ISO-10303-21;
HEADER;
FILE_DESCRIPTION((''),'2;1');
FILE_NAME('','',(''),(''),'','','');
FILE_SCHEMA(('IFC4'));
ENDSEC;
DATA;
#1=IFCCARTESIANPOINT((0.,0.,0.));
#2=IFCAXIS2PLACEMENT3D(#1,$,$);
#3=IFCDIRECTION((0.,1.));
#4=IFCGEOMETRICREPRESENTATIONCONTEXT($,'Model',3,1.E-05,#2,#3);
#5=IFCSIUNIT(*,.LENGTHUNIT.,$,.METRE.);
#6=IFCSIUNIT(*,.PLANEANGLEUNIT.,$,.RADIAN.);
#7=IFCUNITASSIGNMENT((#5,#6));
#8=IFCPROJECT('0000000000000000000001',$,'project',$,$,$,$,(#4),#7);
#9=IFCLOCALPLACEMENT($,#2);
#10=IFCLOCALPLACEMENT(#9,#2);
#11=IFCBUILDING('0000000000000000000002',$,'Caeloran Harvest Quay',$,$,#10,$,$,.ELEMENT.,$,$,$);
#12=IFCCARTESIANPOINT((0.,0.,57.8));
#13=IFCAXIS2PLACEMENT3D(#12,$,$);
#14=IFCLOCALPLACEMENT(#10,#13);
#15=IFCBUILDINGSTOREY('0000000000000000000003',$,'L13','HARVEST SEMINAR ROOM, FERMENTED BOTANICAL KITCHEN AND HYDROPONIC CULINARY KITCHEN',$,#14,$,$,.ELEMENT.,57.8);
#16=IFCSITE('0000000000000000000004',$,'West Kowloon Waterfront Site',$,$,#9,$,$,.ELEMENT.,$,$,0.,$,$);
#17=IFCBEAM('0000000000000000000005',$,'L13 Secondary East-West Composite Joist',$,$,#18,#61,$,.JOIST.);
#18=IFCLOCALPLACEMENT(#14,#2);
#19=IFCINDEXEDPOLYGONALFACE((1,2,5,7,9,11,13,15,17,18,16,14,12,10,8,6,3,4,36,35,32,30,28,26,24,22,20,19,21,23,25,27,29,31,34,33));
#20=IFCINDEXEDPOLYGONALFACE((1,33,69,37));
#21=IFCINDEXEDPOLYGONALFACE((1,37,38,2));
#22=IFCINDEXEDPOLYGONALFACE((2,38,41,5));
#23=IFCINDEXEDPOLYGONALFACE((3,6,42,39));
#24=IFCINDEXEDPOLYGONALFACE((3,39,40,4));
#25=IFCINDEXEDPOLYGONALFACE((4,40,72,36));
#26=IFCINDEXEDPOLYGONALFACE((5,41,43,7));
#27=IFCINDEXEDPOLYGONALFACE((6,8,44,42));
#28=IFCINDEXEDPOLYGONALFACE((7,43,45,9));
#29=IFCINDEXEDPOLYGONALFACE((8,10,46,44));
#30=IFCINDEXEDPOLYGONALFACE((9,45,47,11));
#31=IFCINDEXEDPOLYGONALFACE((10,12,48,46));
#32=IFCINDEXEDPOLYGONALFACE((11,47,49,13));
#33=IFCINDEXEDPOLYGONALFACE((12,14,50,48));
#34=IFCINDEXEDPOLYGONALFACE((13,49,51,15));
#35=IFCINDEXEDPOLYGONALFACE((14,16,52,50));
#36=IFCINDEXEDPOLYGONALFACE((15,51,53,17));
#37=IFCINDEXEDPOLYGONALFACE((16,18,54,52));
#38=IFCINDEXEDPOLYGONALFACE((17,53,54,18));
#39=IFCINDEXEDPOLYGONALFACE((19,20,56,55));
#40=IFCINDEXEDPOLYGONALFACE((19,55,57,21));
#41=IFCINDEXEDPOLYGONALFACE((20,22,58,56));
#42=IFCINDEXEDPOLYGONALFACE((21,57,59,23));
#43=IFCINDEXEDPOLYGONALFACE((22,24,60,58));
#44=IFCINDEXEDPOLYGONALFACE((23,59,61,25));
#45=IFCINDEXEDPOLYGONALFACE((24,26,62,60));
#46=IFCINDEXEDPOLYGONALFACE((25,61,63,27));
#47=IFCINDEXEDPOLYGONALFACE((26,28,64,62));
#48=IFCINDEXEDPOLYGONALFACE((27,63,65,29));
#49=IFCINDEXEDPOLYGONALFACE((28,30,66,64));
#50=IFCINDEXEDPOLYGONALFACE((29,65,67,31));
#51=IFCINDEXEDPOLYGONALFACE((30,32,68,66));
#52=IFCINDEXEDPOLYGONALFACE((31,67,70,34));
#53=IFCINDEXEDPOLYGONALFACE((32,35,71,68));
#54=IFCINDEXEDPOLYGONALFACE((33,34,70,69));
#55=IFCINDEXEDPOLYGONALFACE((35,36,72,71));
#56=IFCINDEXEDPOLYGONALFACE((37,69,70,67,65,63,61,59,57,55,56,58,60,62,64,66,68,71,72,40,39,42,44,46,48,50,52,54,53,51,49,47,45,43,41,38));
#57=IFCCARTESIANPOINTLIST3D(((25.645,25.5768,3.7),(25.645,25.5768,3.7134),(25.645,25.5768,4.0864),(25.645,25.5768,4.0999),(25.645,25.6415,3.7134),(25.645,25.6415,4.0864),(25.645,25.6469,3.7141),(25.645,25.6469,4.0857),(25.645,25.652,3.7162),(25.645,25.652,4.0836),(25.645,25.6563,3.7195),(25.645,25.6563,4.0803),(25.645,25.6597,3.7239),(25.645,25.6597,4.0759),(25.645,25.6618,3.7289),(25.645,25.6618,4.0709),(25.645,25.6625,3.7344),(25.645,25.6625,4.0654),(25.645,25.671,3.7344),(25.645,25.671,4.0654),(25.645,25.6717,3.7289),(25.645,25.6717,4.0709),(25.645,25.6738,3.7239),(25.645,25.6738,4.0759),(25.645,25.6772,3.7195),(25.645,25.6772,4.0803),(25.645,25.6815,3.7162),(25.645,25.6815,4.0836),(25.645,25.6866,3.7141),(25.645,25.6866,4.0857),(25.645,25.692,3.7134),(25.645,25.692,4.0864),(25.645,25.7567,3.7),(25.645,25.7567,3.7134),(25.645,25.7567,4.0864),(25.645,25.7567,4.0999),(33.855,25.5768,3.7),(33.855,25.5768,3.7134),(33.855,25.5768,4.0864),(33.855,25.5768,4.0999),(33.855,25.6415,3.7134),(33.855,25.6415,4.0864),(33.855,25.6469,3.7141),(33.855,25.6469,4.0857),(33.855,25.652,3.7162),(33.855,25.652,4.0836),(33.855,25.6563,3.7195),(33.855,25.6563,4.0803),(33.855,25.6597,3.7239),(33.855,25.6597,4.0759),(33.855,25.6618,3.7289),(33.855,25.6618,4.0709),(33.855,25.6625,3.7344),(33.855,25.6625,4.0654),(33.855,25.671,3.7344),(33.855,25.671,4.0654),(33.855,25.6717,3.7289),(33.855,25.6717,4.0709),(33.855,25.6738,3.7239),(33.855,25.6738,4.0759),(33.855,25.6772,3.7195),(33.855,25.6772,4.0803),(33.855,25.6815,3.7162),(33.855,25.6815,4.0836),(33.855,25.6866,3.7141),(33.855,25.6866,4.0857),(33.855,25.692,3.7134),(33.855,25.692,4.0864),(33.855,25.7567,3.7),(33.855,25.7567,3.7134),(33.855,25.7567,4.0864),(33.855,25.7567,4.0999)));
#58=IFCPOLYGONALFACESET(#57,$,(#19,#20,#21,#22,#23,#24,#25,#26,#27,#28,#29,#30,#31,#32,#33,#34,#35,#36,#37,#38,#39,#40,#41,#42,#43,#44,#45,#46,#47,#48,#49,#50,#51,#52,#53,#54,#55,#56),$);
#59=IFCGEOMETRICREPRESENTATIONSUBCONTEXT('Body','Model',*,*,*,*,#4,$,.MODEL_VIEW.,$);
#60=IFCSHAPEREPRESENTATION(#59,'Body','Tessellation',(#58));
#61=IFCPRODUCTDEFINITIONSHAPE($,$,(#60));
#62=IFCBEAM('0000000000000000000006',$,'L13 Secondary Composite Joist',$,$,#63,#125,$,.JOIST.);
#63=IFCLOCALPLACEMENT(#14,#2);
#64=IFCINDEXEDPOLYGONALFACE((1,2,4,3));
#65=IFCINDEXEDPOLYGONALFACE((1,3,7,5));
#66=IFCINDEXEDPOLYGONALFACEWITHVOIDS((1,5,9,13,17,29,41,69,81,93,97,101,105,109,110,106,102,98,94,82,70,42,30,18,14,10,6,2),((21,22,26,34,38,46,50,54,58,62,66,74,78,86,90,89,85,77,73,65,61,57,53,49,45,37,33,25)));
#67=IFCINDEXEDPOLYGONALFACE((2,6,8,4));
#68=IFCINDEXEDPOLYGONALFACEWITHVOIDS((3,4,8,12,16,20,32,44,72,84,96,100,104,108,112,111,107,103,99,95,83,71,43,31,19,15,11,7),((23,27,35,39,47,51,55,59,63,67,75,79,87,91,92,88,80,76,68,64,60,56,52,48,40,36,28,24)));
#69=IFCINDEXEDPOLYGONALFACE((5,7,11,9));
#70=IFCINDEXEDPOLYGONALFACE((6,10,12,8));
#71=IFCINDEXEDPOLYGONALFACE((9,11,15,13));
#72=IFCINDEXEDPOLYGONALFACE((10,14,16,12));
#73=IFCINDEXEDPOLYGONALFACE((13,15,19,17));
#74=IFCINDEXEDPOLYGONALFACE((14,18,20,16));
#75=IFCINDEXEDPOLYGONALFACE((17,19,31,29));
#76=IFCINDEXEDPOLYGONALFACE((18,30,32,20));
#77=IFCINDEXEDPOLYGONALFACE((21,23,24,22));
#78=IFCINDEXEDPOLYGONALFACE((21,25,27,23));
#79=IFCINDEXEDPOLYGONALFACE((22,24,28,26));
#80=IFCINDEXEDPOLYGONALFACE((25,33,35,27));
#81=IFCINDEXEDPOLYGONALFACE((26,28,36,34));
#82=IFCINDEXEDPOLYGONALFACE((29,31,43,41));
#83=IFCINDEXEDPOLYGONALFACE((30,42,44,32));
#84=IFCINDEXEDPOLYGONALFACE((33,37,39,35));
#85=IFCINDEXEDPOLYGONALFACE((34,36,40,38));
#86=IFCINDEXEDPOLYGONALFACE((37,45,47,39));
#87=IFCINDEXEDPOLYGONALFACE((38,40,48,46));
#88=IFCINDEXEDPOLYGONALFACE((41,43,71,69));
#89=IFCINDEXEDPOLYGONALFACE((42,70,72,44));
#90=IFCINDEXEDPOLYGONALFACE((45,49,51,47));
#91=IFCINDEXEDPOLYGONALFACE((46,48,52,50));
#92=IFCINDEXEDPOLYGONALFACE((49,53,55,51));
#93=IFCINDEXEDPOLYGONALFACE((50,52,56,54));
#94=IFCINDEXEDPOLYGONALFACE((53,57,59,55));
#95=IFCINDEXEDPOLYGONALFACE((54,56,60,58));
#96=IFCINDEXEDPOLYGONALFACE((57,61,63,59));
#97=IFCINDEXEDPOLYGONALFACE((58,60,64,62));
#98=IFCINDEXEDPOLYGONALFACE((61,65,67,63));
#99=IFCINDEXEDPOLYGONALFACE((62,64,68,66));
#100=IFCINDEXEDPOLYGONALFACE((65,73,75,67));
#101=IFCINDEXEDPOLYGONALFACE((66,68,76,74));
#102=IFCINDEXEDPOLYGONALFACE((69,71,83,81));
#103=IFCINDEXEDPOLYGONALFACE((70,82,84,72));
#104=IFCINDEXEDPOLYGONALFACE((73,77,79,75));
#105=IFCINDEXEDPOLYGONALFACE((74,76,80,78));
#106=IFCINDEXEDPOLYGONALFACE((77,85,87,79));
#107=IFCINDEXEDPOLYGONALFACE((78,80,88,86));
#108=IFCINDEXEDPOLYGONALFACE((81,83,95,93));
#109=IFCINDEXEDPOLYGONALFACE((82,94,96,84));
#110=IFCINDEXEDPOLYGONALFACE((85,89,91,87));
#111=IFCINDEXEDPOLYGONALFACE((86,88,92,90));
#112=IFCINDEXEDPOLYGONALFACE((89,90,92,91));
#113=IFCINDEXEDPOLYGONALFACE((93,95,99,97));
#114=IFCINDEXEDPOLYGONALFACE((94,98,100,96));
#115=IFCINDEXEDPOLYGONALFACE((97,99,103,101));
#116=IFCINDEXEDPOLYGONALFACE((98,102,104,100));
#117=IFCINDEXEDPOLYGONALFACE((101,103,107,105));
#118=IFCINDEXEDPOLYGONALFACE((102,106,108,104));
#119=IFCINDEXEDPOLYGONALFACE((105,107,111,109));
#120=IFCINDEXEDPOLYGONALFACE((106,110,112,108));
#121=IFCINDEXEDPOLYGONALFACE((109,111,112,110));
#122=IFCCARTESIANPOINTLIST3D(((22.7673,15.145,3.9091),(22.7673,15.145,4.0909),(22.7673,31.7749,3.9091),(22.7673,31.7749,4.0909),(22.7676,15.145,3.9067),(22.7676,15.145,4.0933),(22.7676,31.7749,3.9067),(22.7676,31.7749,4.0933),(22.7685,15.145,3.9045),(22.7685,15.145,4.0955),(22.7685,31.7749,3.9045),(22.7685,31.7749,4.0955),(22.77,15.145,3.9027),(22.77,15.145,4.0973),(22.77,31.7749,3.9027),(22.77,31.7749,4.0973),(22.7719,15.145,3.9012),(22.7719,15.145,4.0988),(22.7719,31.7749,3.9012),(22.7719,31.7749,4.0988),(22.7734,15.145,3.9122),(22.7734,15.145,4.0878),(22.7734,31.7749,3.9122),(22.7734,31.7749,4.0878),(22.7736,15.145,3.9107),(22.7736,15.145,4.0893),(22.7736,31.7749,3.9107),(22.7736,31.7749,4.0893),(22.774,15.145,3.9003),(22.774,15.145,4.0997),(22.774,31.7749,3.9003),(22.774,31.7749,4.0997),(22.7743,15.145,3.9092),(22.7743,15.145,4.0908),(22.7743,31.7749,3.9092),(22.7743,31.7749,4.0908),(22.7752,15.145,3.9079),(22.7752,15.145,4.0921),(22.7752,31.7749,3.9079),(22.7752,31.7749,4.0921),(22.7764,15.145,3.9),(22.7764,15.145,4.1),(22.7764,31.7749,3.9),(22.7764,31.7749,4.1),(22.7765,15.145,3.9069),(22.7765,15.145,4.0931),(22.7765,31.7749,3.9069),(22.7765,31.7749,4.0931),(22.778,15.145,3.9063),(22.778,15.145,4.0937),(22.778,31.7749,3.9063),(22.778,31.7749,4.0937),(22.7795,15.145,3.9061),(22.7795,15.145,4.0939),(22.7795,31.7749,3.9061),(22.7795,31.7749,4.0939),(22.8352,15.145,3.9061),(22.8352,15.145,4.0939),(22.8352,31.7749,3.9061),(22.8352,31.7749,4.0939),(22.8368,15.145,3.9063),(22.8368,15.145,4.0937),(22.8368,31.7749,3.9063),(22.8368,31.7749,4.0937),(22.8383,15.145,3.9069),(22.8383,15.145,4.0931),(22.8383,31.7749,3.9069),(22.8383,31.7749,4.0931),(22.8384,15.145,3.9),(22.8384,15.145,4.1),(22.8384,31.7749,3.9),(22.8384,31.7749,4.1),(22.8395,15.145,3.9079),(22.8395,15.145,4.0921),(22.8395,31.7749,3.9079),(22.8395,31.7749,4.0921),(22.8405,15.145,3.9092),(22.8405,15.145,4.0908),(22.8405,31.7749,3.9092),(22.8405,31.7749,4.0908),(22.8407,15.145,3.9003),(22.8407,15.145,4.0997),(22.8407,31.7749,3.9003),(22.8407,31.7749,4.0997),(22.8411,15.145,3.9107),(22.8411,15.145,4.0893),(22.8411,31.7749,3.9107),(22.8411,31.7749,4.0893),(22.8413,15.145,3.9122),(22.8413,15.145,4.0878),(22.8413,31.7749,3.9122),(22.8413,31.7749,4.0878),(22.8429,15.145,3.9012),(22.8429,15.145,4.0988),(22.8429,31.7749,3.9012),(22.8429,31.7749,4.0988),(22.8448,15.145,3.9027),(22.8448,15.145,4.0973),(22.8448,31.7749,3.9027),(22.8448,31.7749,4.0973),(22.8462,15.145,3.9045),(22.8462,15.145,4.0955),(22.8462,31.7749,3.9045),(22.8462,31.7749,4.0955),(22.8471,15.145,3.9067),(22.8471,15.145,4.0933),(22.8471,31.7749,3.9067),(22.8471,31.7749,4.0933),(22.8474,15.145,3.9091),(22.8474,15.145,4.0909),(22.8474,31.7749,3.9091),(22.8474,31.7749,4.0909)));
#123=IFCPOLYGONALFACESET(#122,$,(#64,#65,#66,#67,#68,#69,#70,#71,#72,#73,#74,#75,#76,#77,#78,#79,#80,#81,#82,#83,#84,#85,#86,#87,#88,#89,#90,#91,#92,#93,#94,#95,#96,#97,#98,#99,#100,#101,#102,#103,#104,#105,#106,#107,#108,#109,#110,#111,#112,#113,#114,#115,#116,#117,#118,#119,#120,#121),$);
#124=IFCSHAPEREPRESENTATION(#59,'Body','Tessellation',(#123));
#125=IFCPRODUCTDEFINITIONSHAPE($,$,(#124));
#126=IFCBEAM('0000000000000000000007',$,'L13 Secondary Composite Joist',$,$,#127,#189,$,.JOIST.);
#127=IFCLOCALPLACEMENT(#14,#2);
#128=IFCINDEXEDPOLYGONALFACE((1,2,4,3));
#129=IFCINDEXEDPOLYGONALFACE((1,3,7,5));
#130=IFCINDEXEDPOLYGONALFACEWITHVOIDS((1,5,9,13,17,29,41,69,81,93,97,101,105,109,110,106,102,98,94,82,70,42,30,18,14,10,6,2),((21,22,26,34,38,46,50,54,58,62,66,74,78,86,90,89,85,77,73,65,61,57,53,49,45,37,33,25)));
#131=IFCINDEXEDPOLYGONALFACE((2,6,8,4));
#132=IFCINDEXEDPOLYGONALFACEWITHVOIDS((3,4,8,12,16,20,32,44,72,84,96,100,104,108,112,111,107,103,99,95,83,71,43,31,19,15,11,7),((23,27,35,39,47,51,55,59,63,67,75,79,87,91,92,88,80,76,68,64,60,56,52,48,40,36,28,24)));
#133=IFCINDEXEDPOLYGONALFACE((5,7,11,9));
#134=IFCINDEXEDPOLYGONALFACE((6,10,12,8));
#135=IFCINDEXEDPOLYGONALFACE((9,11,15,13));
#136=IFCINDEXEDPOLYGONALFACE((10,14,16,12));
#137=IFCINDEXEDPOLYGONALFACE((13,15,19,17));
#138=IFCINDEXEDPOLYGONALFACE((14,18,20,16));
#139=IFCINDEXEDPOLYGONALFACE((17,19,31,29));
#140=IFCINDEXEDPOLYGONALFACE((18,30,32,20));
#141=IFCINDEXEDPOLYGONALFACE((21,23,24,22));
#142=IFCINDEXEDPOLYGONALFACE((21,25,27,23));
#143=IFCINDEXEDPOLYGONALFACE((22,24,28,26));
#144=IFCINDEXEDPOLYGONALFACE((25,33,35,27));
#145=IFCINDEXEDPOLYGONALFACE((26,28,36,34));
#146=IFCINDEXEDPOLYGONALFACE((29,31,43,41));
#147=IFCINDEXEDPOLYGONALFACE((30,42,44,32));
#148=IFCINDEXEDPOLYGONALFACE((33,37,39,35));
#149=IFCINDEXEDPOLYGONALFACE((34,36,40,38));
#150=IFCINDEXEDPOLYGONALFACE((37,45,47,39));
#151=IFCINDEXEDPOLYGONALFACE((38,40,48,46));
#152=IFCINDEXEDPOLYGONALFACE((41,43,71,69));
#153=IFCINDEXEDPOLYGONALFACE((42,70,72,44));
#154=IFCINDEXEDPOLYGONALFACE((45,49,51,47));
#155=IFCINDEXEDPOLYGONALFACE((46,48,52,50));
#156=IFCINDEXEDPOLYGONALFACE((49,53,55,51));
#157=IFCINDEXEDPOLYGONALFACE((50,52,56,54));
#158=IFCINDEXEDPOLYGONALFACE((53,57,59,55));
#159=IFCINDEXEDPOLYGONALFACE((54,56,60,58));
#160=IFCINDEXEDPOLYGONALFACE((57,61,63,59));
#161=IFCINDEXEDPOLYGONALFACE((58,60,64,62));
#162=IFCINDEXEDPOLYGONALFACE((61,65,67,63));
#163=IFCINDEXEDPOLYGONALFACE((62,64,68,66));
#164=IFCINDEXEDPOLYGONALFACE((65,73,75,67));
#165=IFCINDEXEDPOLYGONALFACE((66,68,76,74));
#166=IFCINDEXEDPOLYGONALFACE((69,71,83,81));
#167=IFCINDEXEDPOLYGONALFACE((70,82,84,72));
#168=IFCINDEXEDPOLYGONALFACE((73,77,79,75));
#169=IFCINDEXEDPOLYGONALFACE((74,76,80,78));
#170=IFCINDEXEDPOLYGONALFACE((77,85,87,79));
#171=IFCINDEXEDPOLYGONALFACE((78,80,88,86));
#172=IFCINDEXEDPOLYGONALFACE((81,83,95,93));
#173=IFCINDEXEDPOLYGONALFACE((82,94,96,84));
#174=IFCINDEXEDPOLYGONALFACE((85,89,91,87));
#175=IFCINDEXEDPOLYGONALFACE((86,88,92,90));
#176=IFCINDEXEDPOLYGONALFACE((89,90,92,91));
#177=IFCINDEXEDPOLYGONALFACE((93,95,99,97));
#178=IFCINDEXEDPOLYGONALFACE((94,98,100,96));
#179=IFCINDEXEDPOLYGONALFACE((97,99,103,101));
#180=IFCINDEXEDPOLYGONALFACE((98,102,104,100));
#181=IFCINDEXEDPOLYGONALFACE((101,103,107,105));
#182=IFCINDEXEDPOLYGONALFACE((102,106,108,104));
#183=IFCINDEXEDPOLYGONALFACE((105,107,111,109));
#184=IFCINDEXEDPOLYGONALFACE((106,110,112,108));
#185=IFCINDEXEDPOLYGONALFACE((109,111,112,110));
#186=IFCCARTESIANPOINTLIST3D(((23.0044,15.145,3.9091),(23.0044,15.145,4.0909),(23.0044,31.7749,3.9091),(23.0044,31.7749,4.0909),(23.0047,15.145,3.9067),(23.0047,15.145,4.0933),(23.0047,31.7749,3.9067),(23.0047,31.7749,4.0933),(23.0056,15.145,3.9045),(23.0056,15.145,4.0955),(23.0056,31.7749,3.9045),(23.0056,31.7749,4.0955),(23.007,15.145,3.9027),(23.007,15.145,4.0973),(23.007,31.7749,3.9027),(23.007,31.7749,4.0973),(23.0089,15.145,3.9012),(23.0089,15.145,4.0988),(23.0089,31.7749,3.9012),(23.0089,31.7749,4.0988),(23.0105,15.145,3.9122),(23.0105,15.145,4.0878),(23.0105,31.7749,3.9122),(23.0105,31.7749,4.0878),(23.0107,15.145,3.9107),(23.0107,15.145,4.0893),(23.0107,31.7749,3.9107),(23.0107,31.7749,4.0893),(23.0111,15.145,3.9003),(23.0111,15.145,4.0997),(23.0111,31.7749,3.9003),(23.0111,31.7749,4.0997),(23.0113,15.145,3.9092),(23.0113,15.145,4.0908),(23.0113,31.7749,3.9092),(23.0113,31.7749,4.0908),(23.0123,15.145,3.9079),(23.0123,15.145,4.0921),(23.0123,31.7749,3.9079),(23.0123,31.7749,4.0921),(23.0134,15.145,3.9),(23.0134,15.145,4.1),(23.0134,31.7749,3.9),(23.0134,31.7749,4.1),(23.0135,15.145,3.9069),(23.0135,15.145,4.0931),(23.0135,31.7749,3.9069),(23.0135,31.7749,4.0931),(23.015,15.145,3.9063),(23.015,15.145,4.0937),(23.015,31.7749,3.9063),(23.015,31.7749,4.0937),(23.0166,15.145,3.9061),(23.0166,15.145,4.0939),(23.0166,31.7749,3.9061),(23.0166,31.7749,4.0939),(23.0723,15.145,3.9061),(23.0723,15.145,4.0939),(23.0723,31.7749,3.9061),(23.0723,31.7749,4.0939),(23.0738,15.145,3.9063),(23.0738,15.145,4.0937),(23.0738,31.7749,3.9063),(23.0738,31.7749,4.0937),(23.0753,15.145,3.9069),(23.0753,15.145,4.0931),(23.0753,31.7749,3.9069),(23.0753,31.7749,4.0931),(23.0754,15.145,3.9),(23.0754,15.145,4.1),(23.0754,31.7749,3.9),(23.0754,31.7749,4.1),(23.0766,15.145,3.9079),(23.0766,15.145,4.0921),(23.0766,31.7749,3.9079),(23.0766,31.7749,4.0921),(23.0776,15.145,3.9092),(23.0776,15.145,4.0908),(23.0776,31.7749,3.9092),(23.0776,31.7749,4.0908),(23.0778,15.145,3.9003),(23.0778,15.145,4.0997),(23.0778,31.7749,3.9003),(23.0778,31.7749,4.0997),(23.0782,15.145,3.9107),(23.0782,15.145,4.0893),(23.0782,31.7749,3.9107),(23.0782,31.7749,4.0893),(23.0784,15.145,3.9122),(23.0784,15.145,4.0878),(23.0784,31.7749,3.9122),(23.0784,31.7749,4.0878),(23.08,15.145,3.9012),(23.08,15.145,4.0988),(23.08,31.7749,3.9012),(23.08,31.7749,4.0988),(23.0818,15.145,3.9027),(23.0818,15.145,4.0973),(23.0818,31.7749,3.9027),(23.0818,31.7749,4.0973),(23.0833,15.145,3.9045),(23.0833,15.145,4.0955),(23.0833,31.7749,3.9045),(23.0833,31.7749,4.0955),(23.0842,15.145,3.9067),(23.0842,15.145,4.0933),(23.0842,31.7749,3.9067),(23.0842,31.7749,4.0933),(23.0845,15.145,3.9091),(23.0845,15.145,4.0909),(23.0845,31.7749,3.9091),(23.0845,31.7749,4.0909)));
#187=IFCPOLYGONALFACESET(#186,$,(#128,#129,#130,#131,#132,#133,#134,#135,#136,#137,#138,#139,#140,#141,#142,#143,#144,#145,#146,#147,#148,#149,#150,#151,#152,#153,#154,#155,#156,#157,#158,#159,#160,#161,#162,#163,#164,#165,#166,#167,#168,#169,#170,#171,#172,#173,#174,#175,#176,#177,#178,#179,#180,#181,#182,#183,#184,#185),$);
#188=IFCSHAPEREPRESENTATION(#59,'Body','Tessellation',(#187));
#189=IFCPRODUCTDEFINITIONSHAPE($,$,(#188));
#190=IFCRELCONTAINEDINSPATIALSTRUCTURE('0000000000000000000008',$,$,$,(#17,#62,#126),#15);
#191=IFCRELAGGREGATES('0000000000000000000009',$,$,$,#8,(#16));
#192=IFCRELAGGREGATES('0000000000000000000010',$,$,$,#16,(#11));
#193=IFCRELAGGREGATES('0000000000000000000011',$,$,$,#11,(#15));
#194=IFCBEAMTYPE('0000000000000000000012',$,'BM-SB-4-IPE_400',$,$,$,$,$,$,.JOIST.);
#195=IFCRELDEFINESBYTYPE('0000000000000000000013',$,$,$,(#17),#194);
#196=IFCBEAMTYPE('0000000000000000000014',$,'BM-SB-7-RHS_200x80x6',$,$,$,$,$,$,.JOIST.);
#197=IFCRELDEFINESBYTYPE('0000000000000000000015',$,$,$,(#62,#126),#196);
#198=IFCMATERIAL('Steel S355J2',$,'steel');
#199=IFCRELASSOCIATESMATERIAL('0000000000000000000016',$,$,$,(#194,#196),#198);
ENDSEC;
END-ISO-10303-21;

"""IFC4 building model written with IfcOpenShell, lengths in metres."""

from ifc_helpers import new_model, si_unit, direction, frame, origin, origin_2d, place, context, subcontext, project, spatial, hollow_rectangle, i_section, extrude, material, material_profile, profile_set, type_object, element, save


model = new_model("IFC4")

# Units and contexts
model_context = context("Model", 3, precision=1e-05, world=origin(), true_north=direction((0.0, 1.0)))
body_context = subcontext(model_context, "Body", "Model", "MODEL_VIEW")
ifc_project = project(units=[si_unit("LENGTHUNIT", "METRE"), si_unit("PLANEANGLEUNIT", "RADIAN")], contexts=[model_context])

# Site, building, storey
site_placement = place(None, origin())
site = spatial("IfcSite", under=ifc_project, at=site_placement, Name="West Kowloon Waterfront Site", CompositionType="ELEMENT", RefElevation=0.0)
building_placement = place(site_placement, origin())
building = spatial("IfcBuilding", under=site, at=building_placement, Name="Caeloran Harvest Quay", CompositionType="ELEMENT")
storey_placement = place(building_placement, frame((0.0, 0.0, 57.8)))
storey = spatial("IfcBuildingStorey", under=building, at=storey_placement, Name="L13", Description="HARVEST SEMINAR ROOM, FERMENTED BOTANICAL KITCHEN AND HYDROPONIC CULINARY KITCHEN", CompositionType="ELEMENT", Elevation=57.8)

# Beams
ifc_material_1 = material(Name="Steel S355J2", Category="steel")
ifc_material_profile_1 = material_profile(ifc_material_1, i_section(OverallWidth=0.1799, OverallDepth=0.3999, WebThickness=0.0085, FlangeThickness=0.0134, FilletRadius=0.021, at=origin_2d()), Name="IPE 400")
ifc_profile_set_1 = profile_set([ifc_material_profile_1], Name="Steel S355J2")
beam_type_1 = type_object("IfcBeamType", Name="BM-SB-4-IPE_400", PredefinedType="JOIST", material=ifc_profile_set_1)
for number, where, z_axis, x_axis, name in (
    (1, (25.645, 25.6667, 3.8999), (1.0, 0.0, 0.0), (0.0, 1.0, 0.0), "L13 Secondary East-West Composite Joist"),
):
    element("IfcBeam", number, at=place(storey_placement, frame(where, z_axis=z_axis, x_axis=x_axis)), inside=storey, type_object=beam_type_1, Name=name, PredefinedType="JOIST", context=body_context, shape_type="SweptSolid", body=[
        extrude(i_section(OverallWidth=0.1799, OverallDepth=0.3999, WebThickness=0.0085, FlangeThickness=0.0134, FilletRadius=0.021, at=origin_2d()), origin(), (0.0, 0.0, 1.0), 8.21),
    ])
ifc_material_profile_2 = material_profile(ifc_material_1, hollow_rectangle(XDim=0.0801, YDim=0.2, WallThickness=0.0061, InnerFilletRadius=0.0061, OuterFilletRadius=0.009, at=origin_2d()), Name="RHS 200x80x6")
ifc_profile_set_2 = profile_set([ifc_material_profile_2], Name="Steel S355J2")
beam_type_2 = type_object("IfcBeamType", Name="BM-SB-7-RHS_200x80x6", PredefinedType="JOIST", material=ifc_profile_set_2)
for number, where, z_axis, x_axis, name in (
    (2, (22.8074, 15.145, 4.0), (0.0, 1.0, 0.0), (-1.0, 0.0, 0.0), "L13 Secondary Composite Joist"),
    (3, (23.0444, 15.145, 4.0), (0.0, 1.0, 0.0), (-1.0, 0.0, 0.0), "L13 Secondary Composite Joist"),
):
    element("IfcBeam", number, at=place(storey_placement, frame(where, z_axis=z_axis, x_axis=x_axis)), inside=storey, type_object=beam_type_2, Name=name, PredefinedType="JOIST", context=body_context, shape_type="SweptSolid", body=[
        extrude(hollow_rectangle(XDim=0.0801, YDim=0.2, WallThickness=0.0061, InnerFilletRadius=0.0061, OuterFilletRadius=0.009, at=origin_2d()), origin(), (0.0, 0.0, 1.0), 16.6299),
    ])

save(model, "model.ifc")
